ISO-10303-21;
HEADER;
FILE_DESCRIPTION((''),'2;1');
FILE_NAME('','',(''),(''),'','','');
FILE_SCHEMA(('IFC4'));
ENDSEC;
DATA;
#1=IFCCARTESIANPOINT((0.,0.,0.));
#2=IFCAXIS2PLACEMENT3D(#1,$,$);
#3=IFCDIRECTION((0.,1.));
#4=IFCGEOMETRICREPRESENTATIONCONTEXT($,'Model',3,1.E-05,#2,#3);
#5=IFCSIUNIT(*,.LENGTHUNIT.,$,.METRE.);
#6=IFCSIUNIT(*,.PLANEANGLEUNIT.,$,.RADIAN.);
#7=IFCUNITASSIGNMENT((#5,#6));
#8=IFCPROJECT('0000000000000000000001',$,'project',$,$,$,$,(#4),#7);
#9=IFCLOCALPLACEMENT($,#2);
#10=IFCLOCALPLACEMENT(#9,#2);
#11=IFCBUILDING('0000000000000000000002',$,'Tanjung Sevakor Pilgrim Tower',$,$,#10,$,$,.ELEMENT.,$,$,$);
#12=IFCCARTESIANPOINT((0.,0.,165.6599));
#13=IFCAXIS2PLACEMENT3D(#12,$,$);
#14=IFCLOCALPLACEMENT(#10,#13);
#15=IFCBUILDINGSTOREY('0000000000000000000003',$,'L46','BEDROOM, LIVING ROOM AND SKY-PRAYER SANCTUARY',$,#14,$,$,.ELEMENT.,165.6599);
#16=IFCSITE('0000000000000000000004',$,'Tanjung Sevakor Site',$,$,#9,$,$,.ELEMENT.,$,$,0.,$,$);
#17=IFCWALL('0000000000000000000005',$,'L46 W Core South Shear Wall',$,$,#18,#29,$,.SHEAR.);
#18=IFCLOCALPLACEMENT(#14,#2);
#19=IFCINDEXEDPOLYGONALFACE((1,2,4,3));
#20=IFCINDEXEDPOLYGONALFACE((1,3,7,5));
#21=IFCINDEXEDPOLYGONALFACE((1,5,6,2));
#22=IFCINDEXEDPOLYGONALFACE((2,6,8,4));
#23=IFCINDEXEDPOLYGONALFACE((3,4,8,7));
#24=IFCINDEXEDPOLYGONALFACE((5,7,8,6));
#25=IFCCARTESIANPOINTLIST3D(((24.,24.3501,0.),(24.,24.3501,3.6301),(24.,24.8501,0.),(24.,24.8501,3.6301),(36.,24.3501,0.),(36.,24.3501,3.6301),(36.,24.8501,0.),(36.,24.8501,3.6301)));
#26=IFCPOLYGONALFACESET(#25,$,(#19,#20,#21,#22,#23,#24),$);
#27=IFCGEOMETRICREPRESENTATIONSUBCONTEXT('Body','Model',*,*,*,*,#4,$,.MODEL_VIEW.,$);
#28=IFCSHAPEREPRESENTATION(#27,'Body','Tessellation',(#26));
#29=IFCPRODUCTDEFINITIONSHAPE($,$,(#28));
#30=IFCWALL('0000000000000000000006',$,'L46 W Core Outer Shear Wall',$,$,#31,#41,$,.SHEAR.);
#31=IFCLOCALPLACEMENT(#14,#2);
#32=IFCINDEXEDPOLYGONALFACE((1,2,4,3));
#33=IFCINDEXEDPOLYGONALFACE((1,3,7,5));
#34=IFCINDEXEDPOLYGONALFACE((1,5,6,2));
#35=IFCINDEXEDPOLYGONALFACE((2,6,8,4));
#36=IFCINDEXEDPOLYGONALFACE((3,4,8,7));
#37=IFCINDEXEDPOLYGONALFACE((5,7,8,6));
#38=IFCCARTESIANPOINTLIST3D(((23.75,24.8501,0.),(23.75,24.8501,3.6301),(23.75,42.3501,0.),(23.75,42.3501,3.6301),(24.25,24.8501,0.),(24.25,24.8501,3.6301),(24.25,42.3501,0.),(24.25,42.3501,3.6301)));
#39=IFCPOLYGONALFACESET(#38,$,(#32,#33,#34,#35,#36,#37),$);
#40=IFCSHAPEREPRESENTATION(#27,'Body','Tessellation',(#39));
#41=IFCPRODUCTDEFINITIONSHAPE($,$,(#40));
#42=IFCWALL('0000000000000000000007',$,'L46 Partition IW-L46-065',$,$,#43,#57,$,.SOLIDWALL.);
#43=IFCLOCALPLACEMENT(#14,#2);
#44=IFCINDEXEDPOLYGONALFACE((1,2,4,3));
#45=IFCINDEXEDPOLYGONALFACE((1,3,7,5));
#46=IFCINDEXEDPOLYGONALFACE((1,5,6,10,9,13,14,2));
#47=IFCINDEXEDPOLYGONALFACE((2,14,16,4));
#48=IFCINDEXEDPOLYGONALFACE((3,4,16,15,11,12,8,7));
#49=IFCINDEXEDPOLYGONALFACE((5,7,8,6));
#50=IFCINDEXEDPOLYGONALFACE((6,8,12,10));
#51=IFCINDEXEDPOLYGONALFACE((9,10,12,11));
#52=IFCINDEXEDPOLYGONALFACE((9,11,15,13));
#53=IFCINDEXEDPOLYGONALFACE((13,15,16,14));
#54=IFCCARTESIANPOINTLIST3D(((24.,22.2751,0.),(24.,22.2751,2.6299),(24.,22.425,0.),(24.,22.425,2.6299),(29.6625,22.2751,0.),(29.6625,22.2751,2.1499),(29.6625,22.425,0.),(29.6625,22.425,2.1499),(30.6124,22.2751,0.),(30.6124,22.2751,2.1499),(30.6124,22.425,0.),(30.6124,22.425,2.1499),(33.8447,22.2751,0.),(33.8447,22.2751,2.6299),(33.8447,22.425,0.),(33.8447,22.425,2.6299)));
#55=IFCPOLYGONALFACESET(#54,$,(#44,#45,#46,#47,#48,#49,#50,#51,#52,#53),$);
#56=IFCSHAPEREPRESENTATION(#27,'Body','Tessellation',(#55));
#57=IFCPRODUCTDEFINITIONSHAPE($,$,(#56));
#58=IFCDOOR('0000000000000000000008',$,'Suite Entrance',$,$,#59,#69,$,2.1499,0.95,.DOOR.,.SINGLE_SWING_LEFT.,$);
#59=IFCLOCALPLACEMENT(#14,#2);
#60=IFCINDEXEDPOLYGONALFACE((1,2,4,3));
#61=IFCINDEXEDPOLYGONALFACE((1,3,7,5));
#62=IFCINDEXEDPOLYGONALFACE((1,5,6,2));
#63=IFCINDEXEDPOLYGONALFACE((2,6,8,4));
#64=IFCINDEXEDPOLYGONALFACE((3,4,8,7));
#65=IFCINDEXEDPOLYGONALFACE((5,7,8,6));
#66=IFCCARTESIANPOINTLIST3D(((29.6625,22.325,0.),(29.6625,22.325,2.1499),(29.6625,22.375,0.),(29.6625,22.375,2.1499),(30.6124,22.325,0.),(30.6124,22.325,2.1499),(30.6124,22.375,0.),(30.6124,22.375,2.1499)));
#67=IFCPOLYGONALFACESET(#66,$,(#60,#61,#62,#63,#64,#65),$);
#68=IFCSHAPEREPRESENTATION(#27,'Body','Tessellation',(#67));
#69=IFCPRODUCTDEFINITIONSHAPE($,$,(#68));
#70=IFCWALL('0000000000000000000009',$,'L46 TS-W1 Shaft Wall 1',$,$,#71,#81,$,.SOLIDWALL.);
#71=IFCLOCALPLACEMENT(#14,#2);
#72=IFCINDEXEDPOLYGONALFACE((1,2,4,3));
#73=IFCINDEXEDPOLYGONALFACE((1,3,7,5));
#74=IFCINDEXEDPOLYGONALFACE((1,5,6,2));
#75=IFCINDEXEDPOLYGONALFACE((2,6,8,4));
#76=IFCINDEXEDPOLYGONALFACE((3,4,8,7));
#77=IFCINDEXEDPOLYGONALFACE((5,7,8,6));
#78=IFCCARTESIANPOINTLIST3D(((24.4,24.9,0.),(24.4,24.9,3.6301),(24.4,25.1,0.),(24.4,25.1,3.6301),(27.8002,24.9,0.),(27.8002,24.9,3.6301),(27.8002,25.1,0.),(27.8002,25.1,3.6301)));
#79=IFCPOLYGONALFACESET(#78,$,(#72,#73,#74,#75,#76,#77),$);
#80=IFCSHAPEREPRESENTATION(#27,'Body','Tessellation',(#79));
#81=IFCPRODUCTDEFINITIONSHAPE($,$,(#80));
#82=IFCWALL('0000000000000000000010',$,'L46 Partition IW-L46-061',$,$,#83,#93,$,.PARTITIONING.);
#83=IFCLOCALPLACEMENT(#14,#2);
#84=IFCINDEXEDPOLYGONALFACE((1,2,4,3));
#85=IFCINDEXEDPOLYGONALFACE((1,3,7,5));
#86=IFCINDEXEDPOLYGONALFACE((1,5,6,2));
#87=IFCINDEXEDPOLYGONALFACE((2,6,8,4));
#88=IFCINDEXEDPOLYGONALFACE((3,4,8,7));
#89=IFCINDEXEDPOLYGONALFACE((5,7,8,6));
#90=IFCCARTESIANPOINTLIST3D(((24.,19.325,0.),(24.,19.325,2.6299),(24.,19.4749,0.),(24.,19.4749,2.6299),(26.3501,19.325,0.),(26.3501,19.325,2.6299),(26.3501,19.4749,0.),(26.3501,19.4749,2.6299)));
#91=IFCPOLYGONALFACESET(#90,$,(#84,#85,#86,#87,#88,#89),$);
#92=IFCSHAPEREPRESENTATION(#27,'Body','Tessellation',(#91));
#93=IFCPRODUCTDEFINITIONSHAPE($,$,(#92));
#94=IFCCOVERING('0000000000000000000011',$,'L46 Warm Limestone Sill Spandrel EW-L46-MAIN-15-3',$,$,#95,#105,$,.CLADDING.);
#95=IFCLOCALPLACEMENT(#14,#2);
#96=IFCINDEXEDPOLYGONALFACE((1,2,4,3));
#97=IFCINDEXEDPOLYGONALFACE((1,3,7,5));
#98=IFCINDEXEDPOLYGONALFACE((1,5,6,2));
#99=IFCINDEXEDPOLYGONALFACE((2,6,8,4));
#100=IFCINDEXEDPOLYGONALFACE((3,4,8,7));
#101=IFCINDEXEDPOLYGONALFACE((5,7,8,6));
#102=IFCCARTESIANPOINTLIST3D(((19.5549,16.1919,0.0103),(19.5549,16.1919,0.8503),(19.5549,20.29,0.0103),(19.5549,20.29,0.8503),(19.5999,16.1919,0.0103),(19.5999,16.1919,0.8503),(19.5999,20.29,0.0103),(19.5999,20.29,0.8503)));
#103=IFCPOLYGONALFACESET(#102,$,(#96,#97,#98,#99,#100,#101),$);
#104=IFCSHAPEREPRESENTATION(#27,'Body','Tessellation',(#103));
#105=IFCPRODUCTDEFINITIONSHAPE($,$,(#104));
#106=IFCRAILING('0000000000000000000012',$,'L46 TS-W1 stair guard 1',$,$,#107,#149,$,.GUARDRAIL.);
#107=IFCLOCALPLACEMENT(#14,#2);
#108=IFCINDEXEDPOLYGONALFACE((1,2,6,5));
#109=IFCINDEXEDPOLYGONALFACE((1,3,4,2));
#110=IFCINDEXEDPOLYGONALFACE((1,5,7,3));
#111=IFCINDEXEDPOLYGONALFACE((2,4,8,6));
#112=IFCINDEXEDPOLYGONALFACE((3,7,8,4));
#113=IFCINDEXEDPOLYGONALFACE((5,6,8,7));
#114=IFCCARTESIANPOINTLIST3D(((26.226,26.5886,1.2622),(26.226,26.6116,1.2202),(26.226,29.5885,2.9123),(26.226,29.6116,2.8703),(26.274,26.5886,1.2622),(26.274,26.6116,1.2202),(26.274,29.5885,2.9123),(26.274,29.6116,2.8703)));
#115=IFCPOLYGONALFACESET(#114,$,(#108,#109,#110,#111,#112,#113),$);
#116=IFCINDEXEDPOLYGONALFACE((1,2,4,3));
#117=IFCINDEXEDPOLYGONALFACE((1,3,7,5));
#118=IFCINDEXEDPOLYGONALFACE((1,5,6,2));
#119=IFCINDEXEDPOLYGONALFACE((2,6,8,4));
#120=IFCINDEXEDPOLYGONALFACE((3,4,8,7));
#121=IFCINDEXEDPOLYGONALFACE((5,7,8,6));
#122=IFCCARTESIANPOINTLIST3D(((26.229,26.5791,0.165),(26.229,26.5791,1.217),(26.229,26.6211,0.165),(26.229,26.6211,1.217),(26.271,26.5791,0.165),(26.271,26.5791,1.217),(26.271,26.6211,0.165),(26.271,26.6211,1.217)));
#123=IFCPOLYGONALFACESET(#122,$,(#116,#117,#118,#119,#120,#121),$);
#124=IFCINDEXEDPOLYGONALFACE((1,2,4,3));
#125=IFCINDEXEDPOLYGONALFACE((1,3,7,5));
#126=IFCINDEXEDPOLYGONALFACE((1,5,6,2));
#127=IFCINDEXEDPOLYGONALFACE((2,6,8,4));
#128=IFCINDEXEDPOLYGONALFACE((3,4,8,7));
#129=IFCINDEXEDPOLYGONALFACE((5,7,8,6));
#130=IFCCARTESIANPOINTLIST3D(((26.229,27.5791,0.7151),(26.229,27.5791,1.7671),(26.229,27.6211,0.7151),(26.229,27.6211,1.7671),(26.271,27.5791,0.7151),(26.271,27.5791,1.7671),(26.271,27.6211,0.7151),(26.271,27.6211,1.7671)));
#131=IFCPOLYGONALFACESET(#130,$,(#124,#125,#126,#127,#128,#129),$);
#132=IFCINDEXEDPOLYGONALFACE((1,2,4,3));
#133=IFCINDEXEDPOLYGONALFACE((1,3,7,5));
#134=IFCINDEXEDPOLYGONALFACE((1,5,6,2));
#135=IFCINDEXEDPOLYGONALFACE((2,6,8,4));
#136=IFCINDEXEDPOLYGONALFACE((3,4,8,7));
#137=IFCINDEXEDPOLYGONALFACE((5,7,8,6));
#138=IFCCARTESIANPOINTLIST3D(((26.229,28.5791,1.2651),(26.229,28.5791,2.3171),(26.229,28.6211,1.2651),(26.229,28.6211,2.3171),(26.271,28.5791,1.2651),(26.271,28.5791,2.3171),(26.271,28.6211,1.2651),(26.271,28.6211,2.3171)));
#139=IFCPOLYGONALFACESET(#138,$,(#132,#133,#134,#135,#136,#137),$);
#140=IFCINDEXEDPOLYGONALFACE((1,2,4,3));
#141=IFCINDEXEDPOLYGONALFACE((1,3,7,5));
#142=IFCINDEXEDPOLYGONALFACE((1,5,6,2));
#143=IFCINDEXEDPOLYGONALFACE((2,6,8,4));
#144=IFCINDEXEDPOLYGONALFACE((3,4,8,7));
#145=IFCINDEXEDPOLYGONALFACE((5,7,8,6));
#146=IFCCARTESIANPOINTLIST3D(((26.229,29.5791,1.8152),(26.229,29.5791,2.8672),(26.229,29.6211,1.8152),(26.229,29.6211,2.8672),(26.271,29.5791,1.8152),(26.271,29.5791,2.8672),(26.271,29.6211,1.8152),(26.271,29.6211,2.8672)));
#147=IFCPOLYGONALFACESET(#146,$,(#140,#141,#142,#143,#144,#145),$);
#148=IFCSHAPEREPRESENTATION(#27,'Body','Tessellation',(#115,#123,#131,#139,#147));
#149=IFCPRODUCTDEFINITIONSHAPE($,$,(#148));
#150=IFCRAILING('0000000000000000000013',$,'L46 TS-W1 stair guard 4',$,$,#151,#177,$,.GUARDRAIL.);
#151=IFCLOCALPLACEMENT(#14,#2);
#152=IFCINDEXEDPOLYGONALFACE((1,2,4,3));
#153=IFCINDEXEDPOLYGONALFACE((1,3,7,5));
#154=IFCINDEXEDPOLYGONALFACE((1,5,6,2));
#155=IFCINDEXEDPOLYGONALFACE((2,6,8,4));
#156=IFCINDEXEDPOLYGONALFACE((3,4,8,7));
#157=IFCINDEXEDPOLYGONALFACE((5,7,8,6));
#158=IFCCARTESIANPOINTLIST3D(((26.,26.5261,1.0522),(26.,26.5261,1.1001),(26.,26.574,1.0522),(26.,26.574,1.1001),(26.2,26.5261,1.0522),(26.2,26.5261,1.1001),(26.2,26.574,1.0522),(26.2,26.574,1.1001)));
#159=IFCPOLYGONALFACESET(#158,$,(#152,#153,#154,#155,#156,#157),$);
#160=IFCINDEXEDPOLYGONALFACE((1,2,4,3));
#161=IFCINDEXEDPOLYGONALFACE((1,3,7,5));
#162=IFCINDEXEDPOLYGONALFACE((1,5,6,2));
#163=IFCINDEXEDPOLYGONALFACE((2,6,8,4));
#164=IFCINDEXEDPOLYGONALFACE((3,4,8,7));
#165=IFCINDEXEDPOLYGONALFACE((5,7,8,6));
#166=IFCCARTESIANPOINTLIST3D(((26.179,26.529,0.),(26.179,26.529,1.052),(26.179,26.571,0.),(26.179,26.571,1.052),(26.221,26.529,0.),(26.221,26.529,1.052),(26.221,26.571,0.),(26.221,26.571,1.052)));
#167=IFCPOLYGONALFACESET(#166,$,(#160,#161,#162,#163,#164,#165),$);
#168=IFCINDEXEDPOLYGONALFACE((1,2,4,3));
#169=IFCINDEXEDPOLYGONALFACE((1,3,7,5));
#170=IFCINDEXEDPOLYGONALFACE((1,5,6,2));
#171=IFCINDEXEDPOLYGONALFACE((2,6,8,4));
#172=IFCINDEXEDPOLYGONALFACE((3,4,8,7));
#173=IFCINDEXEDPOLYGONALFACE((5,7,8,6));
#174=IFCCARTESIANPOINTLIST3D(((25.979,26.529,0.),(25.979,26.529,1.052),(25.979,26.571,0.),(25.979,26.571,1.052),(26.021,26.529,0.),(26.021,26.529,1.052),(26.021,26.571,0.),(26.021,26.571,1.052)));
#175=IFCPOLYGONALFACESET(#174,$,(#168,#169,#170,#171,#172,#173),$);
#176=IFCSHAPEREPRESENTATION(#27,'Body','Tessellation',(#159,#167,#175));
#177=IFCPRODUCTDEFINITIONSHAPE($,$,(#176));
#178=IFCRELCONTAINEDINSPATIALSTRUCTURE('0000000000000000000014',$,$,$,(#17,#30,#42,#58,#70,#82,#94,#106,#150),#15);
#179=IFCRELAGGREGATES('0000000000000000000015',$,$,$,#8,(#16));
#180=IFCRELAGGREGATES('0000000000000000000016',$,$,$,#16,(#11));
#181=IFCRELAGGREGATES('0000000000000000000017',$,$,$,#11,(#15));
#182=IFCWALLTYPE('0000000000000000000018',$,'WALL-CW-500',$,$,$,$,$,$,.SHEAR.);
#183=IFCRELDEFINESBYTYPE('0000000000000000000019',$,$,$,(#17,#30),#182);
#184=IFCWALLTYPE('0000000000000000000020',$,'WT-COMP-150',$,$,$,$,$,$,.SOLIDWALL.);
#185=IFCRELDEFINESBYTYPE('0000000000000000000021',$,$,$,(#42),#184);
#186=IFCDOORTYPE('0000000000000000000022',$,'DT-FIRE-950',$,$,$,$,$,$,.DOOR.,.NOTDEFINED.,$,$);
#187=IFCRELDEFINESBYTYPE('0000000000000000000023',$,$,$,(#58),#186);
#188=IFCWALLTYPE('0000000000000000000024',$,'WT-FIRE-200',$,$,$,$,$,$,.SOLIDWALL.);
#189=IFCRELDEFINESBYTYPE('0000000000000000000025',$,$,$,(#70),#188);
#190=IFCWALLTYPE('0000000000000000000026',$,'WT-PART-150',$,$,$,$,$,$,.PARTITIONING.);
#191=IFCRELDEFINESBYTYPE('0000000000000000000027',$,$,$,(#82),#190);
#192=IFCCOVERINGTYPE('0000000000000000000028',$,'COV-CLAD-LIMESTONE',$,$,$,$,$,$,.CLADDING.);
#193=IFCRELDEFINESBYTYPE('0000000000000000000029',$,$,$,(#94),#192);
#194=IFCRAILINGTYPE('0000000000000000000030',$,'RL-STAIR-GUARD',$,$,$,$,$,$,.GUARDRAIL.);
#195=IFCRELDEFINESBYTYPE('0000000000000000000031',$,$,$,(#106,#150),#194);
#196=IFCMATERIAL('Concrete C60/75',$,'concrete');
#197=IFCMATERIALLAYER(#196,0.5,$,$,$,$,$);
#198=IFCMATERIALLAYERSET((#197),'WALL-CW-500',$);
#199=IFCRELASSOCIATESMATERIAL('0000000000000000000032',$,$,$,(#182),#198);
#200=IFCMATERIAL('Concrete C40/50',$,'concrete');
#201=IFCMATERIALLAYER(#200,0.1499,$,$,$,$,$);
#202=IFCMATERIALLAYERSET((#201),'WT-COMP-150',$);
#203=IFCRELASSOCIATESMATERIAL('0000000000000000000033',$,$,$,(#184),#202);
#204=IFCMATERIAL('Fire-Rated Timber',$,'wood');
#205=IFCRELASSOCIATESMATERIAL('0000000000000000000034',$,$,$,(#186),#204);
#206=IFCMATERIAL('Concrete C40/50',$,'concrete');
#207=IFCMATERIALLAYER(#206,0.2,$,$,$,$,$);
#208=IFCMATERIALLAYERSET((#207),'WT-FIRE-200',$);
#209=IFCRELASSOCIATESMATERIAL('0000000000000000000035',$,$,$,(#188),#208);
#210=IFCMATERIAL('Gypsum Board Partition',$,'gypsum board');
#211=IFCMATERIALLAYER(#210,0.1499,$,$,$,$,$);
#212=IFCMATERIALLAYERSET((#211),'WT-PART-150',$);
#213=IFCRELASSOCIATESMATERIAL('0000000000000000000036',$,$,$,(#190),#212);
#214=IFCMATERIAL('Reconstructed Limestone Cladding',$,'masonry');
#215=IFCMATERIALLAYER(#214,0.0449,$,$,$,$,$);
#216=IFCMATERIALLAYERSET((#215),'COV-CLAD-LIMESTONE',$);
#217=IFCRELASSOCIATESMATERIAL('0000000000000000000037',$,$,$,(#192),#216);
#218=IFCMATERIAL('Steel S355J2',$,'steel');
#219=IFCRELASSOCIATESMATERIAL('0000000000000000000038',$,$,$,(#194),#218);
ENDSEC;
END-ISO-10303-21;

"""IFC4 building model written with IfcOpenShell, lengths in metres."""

from ifc_helpers import new_model, si_unit, direction, frame, frame_2d, origin, origin_2d, place, context, subcontext, project, spatial, rectangle, extrude, material, layer, layer_set, type_object, element, fill, save


model = new_model("IFC4")

# Units and contexts
model_context = context("Model", 3, precision=1e-05, world=origin(), true_north=direction((0.0, 1.0)))
body_context = subcontext(model_context, "Body", "Model", "MODEL_VIEW")
ifc_project = project(units=[si_unit("LENGTHUNIT", "METRE"), si_unit("PLANEANGLEUNIT", "RADIAN")], contexts=[model_context])

# Site, building, storey
site_placement = place(None, origin())
site = spatial("IfcSite", under=ifc_project, at=site_placement, Name="Tanjung Sevakor Site", CompositionType="ELEMENT", RefElevation=0.0)
building_placement = place(site_placement, origin())
building = spatial("IfcBuilding", under=site, at=building_placement, Name="Tanjung Sevakor Pilgrim Tower", CompositionType="ELEMENT")
storey_placement = place(building_placement, frame((0.0, 0.0, 165.6599)))
storey = spatial("IfcBuildingStorey", under=building, at=storey_placement, Name="L46", Description="BEDROOM, LIVING ROOM AND SKY-PRAYER SANCTUARY", CompositionType="ELEMENT", Elevation=165.6599)

# Walls
ifc_material_1 = material(Name="Concrete C60/75", Category="concrete")
ifc_layer_1 = layer(ifc_material_1, 0.5)
ifc_layer_set_1 = layer_set([ifc_layer_1], Name="WALL-CW-500")
wall_type_1 = type_object("IfcWallType", Name="WALL-CW-500", PredefinedType="SHEAR", material=ifc_layer_set_1)
wall_1_placement = place(storey_placement, frame((24.0, 24.6001, 0.0), z_axis=(0.0, 0.0, 1.0), x_axis=(1.0, 0.0, 0.0)))
element("IfcWall", 1, at=wall_1_placement, inside=storey, type_object=wall_type_1, Name="L46 W Core South Shear Wall", PredefinedType="SHEAR", context=body_context, shape_type="SweptSolid", body=[
    extrude(rectangle(XDim=12.0, YDim=0.5, at=frame_2d((6.0, 0.0))), origin(), (0.0, 0.0, 1.0), 3.6301),
])
wall_2_placement = place(storey_placement, frame((24.0, 24.8501, 0.0), z_axis=(0.0, 0.0, 1.0), x_axis=(0.0, 1.0, 0.0)))
element("IfcWall", 2, at=wall_2_placement, inside=storey, type_object=wall_type_1, Name="L46 W Core Outer Shear Wall", PredefinedType="SHEAR", context=body_context, shape_type="SweptSolid", body=[
    extrude(rectangle(XDim=17.5, YDim=0.5, at=frame_2d((8.75, 0.0))), origin(), (0.0, 0.0, 1.0), 3.6301),
])

# Wall, opening, door
ifc_material_2 = material(Name="Concrete C40/50", Category="concrete")
ifc_layer_2 = layer(ifc_material_2, 0.1499)
ifc_layer_set_2 = layer_set([ifc_layer_2], Name="WT-COMP-150")
wall_type_2 = type_object("IfcWallType", Name="WT-COMP-150", PredefinedType="SOLIDWALL", material=ifc_layer_set_2)
wall_3_placement = place(storey_placement, frame((24.0, 22.3501, 0.0), z_axis=(0.0, 0.0, 1.0), x_axis=(1.0, 0.0, 0.0)))
wall_3 = element("IfcWall", 3, at=wall_3_placement, inside=storey, type_object=wall_type_2, Name="L46 Partition IW-L46-065", PredefinedType="SOLIDWALL", context=body_context, shape_type="SweptSolid", body=[
    extrude(rectangle(XDim=9.8447, YDim=0.1499, at=frame_2d((4.9224, 0.0))), origin(), (0.0, 0.0, 1.0), 2.6299),
])
opening_placement = place(wall_3_placement, frame((5.6624, 0.0, 0.0)))
opening = element("IfcOpeningElement", 4, at=opening_placement, cuts=wall_3, PredefinedType="OPENING", context=body_context, shape_type="SweptSolid", body=[
    extrude(rectangle(XDim=0.95, YDim=2.1499, at=frame_2d((0.4751, 1.075))), frame((0.0, 0.085, 0.0), z_axis=(0.0, -1.0, 0.0), x_axis=(1.0, 0.0, 0.0)), (0.0, 0.0, 1.0), 0.1699),
])
ifc_material_3 = material(Name="Fire-Rated Timber", Category="wood")
door_type = type_object("IfcDoorType", Name="DT-FIRE-950", OperationType="NOTDEFINED", PredefinedType="DOOR", material=ifc_material_3)
door_placement = place(opening_placement, origin())
door = element("IfcDoor", 5, at=door_placement, inside=storey, type_object=door_type, Name="Suite Entrance", OperationType="SINGLE_SWING_LEFT", OverallHeight=2.1499, OverallWidth=0.95, PredefinedType="DOOR", context=body_context, shape_type="SweptSolid", body=[
    extrude(rectangle(XDim=0.95, YDim=2.1499, at=frame_2d((0.4751, 1.075))), frame((0.0, 0.0249, 0.0), z_axis=(0.0, -1.0, 0.0), x_axis=(1.0, 0.0, 0.0)), (0.0, 0.0, 1.0), 0.05),
])
fill(opening, door)

# Walls
ifc_material_4 = material(Name="Concrete C40/50", Category="concrete")
ifc_layer_3 = layer(ifc_material_4, 0.2)
ifc_layer_set_3 = layer_set([ifc_layer_3], Name="WT-FIRE-200")
wall_type_3 = type_object("IfcWallType", Name="WT-FIRE-200", PredefinedType="SOLIDWALL", material=ifc_layer_set_3)
wall_4_placement = place(storey_placement, frame((24.3999, 25.0, 0.0), z_axis=(0.0, 0.0, 1.0), x_axis=(1.0, 0.0, 0.0)))
element("IfcWall", 6, at=wall_4_placement, inside=storey, type_object=wall_type_3, Name="L46 TS-W1 Shaft Wall 1", PredefinedType="SOLIDWALL", context=body_context, shape_type="SweptSolid", body=[
    extrude(rectangle(XDim=3.4001, YDim=0.2, at=frame_2d((1.7002, 0.0))), origin(), (0.0, 0.0, 1.0), 3.6301),
])
ifc_material_5 = material(Name="Gypsum Board Partition", Category="gypsum board")
ifc_layer_4 = layer(ifc_material_5, 0.1499)
ifc_layer_set_4 = layer_set([ifc_layer_4], Name="WT-PART-150")
wall_type_4 = type_object("IfcWallType", Name="WT-PART-150", PredefinedType="PARTITIONING", material=ifc_layer_set_4)
wall_5_placement = place(storey_placement, frame((24.0, 19.3999, 0.0), z_axis=(0.0, 0.0, 1.0), x_axis=(1.0, 0.0, 0.0)))
element("IfcWall", 7, at=wall_5_placement, inside=storey, type_object=wall_type_4, Name="L46 Partition IW-L46-061", PredefinedType="PARTITIONING", context=body_context, shape_type="SweptSolid", body=[
    extrude(rectangle(XDim=2.3501, YDim=0.1499, at=frame_2d((1.175, 0.0))), origin(), (0.0, 0.0, 1.0), 2.6299),
])

# Covering
ifc_material_6 = material(Name="Reconstructed Limestone Cladding", Category="masonry")
ifc_layer_5 = layer(ifc_material_6, 0.0449)
ifc_layer_set_5 = layer_set([ifc_layer_5], Name="COV-CLAD-LIMESTONE")
covering_type = type_object("IfcCoveringType", Name="COV-CLAD-LIMESTONE", PredefinedType="CLADDING", material=ifc_layer_set_5)
covering_placement = place(storey_placement, frame((19.5774, 18.241, 0.0103), z_axis=(0.0, 0.0, 1.0), x_axis=(0.0, -1.0, 0.0)))
element("IfcCovering", 8, at=covering_placement, inside=storey, type_object=covering_type, Name="L46 Warm Limestone Sill Spandrel EW-L46-MAIN-15-3", PredefinedType="CLADDING", context=body_context, shape_type="SweptSolid", body=[
    extrude(rectangle(XDim=4.0981, YDim=0.0449, at=origin_2d()), origin(), (0.0, 0.0, 1.0), 0.8401),
])

# Railings
ifc_material_7 = material(Name="Steel S355J2", Category="steel")
railing_type = type_object("IfcRailingType", Name="RL-STAIR-GUARD", PredefinedType="GUARDRAIL", material=ifc_material_7)
railing_1_placement = place(storey_placement, frame((26.25, 26.6001, 0.165)))
element("IfcRailing", 9, at=railing_1_placement, inside=storey, type_object=railing_type, Name="L46 TS-W1 stair guard 1", PredefinedType="GUARDRAIL", context=body_context, shape_type="SweptSolid", body=[
    extrude(rectangle(XDim=0.0479, YDim=0.0479), frame((0.0, 0.0, 1.0762), z_axis=(0.0, 0.876198, 0.481952), x_axis=(-1.0, 0.0, 0.0)), (0.0, 0.0, 1.0), 3.4238),
    extrude(rectangle(XDim=0.042, YDim=0.042), origin(), (0.0, 0.0, 1.0), 1.052),
    extrude(rectangle(XDim=0.042, YDim=0.042), frame((0.0, 1.0, 0.55)), (0.0, 0.0, 1.0), 1.052),
    extrude(rectangle(XDim=0.042, YDim=0.042), frame((0.0, 2.0, 1.1001)), (0.0, 0.0, 1.0), 1.052),
    extrude(rectangle(XDim=0.042, YDim=0.042), frame((0.0, 3.0, 1.6501)), (0.0, 0.0, 1.0), 1.052),
])
railing_2_placement = place(storey_placement, frame((26.2, 26.55, 0.0)))
element("IfcRailing", 10, at=railing_2_placement, inside=storey, type_object=railing_type, Name="L46 TS-W1 stair guard 4", PredefinedType="GUARDRAIL", context=body_context, shape_type="SweptSolid", body=[
    extrude(rectangle(XDim=0.0479, YDim=0.0479), frame((0.0, 0.0, 1.0762), z_axis=(-1.0, 0.0, 0.0), x_axis=(0.0, -1.0, 0.0)), (0.0, 0.0, 1.0), 0.2),
    extrude(rectangle(XDim=0.042, YDim=0.042), origin(), (0.0, 0.0, 1.0), 1.052),
    extrude(rectangle(XDim=0.042, YDim=0.042), frame((-0.2, 0.0, 0.0)), (0.0, 0.0, 1.0), 1.052),
])

save(model, "model.ifc")
